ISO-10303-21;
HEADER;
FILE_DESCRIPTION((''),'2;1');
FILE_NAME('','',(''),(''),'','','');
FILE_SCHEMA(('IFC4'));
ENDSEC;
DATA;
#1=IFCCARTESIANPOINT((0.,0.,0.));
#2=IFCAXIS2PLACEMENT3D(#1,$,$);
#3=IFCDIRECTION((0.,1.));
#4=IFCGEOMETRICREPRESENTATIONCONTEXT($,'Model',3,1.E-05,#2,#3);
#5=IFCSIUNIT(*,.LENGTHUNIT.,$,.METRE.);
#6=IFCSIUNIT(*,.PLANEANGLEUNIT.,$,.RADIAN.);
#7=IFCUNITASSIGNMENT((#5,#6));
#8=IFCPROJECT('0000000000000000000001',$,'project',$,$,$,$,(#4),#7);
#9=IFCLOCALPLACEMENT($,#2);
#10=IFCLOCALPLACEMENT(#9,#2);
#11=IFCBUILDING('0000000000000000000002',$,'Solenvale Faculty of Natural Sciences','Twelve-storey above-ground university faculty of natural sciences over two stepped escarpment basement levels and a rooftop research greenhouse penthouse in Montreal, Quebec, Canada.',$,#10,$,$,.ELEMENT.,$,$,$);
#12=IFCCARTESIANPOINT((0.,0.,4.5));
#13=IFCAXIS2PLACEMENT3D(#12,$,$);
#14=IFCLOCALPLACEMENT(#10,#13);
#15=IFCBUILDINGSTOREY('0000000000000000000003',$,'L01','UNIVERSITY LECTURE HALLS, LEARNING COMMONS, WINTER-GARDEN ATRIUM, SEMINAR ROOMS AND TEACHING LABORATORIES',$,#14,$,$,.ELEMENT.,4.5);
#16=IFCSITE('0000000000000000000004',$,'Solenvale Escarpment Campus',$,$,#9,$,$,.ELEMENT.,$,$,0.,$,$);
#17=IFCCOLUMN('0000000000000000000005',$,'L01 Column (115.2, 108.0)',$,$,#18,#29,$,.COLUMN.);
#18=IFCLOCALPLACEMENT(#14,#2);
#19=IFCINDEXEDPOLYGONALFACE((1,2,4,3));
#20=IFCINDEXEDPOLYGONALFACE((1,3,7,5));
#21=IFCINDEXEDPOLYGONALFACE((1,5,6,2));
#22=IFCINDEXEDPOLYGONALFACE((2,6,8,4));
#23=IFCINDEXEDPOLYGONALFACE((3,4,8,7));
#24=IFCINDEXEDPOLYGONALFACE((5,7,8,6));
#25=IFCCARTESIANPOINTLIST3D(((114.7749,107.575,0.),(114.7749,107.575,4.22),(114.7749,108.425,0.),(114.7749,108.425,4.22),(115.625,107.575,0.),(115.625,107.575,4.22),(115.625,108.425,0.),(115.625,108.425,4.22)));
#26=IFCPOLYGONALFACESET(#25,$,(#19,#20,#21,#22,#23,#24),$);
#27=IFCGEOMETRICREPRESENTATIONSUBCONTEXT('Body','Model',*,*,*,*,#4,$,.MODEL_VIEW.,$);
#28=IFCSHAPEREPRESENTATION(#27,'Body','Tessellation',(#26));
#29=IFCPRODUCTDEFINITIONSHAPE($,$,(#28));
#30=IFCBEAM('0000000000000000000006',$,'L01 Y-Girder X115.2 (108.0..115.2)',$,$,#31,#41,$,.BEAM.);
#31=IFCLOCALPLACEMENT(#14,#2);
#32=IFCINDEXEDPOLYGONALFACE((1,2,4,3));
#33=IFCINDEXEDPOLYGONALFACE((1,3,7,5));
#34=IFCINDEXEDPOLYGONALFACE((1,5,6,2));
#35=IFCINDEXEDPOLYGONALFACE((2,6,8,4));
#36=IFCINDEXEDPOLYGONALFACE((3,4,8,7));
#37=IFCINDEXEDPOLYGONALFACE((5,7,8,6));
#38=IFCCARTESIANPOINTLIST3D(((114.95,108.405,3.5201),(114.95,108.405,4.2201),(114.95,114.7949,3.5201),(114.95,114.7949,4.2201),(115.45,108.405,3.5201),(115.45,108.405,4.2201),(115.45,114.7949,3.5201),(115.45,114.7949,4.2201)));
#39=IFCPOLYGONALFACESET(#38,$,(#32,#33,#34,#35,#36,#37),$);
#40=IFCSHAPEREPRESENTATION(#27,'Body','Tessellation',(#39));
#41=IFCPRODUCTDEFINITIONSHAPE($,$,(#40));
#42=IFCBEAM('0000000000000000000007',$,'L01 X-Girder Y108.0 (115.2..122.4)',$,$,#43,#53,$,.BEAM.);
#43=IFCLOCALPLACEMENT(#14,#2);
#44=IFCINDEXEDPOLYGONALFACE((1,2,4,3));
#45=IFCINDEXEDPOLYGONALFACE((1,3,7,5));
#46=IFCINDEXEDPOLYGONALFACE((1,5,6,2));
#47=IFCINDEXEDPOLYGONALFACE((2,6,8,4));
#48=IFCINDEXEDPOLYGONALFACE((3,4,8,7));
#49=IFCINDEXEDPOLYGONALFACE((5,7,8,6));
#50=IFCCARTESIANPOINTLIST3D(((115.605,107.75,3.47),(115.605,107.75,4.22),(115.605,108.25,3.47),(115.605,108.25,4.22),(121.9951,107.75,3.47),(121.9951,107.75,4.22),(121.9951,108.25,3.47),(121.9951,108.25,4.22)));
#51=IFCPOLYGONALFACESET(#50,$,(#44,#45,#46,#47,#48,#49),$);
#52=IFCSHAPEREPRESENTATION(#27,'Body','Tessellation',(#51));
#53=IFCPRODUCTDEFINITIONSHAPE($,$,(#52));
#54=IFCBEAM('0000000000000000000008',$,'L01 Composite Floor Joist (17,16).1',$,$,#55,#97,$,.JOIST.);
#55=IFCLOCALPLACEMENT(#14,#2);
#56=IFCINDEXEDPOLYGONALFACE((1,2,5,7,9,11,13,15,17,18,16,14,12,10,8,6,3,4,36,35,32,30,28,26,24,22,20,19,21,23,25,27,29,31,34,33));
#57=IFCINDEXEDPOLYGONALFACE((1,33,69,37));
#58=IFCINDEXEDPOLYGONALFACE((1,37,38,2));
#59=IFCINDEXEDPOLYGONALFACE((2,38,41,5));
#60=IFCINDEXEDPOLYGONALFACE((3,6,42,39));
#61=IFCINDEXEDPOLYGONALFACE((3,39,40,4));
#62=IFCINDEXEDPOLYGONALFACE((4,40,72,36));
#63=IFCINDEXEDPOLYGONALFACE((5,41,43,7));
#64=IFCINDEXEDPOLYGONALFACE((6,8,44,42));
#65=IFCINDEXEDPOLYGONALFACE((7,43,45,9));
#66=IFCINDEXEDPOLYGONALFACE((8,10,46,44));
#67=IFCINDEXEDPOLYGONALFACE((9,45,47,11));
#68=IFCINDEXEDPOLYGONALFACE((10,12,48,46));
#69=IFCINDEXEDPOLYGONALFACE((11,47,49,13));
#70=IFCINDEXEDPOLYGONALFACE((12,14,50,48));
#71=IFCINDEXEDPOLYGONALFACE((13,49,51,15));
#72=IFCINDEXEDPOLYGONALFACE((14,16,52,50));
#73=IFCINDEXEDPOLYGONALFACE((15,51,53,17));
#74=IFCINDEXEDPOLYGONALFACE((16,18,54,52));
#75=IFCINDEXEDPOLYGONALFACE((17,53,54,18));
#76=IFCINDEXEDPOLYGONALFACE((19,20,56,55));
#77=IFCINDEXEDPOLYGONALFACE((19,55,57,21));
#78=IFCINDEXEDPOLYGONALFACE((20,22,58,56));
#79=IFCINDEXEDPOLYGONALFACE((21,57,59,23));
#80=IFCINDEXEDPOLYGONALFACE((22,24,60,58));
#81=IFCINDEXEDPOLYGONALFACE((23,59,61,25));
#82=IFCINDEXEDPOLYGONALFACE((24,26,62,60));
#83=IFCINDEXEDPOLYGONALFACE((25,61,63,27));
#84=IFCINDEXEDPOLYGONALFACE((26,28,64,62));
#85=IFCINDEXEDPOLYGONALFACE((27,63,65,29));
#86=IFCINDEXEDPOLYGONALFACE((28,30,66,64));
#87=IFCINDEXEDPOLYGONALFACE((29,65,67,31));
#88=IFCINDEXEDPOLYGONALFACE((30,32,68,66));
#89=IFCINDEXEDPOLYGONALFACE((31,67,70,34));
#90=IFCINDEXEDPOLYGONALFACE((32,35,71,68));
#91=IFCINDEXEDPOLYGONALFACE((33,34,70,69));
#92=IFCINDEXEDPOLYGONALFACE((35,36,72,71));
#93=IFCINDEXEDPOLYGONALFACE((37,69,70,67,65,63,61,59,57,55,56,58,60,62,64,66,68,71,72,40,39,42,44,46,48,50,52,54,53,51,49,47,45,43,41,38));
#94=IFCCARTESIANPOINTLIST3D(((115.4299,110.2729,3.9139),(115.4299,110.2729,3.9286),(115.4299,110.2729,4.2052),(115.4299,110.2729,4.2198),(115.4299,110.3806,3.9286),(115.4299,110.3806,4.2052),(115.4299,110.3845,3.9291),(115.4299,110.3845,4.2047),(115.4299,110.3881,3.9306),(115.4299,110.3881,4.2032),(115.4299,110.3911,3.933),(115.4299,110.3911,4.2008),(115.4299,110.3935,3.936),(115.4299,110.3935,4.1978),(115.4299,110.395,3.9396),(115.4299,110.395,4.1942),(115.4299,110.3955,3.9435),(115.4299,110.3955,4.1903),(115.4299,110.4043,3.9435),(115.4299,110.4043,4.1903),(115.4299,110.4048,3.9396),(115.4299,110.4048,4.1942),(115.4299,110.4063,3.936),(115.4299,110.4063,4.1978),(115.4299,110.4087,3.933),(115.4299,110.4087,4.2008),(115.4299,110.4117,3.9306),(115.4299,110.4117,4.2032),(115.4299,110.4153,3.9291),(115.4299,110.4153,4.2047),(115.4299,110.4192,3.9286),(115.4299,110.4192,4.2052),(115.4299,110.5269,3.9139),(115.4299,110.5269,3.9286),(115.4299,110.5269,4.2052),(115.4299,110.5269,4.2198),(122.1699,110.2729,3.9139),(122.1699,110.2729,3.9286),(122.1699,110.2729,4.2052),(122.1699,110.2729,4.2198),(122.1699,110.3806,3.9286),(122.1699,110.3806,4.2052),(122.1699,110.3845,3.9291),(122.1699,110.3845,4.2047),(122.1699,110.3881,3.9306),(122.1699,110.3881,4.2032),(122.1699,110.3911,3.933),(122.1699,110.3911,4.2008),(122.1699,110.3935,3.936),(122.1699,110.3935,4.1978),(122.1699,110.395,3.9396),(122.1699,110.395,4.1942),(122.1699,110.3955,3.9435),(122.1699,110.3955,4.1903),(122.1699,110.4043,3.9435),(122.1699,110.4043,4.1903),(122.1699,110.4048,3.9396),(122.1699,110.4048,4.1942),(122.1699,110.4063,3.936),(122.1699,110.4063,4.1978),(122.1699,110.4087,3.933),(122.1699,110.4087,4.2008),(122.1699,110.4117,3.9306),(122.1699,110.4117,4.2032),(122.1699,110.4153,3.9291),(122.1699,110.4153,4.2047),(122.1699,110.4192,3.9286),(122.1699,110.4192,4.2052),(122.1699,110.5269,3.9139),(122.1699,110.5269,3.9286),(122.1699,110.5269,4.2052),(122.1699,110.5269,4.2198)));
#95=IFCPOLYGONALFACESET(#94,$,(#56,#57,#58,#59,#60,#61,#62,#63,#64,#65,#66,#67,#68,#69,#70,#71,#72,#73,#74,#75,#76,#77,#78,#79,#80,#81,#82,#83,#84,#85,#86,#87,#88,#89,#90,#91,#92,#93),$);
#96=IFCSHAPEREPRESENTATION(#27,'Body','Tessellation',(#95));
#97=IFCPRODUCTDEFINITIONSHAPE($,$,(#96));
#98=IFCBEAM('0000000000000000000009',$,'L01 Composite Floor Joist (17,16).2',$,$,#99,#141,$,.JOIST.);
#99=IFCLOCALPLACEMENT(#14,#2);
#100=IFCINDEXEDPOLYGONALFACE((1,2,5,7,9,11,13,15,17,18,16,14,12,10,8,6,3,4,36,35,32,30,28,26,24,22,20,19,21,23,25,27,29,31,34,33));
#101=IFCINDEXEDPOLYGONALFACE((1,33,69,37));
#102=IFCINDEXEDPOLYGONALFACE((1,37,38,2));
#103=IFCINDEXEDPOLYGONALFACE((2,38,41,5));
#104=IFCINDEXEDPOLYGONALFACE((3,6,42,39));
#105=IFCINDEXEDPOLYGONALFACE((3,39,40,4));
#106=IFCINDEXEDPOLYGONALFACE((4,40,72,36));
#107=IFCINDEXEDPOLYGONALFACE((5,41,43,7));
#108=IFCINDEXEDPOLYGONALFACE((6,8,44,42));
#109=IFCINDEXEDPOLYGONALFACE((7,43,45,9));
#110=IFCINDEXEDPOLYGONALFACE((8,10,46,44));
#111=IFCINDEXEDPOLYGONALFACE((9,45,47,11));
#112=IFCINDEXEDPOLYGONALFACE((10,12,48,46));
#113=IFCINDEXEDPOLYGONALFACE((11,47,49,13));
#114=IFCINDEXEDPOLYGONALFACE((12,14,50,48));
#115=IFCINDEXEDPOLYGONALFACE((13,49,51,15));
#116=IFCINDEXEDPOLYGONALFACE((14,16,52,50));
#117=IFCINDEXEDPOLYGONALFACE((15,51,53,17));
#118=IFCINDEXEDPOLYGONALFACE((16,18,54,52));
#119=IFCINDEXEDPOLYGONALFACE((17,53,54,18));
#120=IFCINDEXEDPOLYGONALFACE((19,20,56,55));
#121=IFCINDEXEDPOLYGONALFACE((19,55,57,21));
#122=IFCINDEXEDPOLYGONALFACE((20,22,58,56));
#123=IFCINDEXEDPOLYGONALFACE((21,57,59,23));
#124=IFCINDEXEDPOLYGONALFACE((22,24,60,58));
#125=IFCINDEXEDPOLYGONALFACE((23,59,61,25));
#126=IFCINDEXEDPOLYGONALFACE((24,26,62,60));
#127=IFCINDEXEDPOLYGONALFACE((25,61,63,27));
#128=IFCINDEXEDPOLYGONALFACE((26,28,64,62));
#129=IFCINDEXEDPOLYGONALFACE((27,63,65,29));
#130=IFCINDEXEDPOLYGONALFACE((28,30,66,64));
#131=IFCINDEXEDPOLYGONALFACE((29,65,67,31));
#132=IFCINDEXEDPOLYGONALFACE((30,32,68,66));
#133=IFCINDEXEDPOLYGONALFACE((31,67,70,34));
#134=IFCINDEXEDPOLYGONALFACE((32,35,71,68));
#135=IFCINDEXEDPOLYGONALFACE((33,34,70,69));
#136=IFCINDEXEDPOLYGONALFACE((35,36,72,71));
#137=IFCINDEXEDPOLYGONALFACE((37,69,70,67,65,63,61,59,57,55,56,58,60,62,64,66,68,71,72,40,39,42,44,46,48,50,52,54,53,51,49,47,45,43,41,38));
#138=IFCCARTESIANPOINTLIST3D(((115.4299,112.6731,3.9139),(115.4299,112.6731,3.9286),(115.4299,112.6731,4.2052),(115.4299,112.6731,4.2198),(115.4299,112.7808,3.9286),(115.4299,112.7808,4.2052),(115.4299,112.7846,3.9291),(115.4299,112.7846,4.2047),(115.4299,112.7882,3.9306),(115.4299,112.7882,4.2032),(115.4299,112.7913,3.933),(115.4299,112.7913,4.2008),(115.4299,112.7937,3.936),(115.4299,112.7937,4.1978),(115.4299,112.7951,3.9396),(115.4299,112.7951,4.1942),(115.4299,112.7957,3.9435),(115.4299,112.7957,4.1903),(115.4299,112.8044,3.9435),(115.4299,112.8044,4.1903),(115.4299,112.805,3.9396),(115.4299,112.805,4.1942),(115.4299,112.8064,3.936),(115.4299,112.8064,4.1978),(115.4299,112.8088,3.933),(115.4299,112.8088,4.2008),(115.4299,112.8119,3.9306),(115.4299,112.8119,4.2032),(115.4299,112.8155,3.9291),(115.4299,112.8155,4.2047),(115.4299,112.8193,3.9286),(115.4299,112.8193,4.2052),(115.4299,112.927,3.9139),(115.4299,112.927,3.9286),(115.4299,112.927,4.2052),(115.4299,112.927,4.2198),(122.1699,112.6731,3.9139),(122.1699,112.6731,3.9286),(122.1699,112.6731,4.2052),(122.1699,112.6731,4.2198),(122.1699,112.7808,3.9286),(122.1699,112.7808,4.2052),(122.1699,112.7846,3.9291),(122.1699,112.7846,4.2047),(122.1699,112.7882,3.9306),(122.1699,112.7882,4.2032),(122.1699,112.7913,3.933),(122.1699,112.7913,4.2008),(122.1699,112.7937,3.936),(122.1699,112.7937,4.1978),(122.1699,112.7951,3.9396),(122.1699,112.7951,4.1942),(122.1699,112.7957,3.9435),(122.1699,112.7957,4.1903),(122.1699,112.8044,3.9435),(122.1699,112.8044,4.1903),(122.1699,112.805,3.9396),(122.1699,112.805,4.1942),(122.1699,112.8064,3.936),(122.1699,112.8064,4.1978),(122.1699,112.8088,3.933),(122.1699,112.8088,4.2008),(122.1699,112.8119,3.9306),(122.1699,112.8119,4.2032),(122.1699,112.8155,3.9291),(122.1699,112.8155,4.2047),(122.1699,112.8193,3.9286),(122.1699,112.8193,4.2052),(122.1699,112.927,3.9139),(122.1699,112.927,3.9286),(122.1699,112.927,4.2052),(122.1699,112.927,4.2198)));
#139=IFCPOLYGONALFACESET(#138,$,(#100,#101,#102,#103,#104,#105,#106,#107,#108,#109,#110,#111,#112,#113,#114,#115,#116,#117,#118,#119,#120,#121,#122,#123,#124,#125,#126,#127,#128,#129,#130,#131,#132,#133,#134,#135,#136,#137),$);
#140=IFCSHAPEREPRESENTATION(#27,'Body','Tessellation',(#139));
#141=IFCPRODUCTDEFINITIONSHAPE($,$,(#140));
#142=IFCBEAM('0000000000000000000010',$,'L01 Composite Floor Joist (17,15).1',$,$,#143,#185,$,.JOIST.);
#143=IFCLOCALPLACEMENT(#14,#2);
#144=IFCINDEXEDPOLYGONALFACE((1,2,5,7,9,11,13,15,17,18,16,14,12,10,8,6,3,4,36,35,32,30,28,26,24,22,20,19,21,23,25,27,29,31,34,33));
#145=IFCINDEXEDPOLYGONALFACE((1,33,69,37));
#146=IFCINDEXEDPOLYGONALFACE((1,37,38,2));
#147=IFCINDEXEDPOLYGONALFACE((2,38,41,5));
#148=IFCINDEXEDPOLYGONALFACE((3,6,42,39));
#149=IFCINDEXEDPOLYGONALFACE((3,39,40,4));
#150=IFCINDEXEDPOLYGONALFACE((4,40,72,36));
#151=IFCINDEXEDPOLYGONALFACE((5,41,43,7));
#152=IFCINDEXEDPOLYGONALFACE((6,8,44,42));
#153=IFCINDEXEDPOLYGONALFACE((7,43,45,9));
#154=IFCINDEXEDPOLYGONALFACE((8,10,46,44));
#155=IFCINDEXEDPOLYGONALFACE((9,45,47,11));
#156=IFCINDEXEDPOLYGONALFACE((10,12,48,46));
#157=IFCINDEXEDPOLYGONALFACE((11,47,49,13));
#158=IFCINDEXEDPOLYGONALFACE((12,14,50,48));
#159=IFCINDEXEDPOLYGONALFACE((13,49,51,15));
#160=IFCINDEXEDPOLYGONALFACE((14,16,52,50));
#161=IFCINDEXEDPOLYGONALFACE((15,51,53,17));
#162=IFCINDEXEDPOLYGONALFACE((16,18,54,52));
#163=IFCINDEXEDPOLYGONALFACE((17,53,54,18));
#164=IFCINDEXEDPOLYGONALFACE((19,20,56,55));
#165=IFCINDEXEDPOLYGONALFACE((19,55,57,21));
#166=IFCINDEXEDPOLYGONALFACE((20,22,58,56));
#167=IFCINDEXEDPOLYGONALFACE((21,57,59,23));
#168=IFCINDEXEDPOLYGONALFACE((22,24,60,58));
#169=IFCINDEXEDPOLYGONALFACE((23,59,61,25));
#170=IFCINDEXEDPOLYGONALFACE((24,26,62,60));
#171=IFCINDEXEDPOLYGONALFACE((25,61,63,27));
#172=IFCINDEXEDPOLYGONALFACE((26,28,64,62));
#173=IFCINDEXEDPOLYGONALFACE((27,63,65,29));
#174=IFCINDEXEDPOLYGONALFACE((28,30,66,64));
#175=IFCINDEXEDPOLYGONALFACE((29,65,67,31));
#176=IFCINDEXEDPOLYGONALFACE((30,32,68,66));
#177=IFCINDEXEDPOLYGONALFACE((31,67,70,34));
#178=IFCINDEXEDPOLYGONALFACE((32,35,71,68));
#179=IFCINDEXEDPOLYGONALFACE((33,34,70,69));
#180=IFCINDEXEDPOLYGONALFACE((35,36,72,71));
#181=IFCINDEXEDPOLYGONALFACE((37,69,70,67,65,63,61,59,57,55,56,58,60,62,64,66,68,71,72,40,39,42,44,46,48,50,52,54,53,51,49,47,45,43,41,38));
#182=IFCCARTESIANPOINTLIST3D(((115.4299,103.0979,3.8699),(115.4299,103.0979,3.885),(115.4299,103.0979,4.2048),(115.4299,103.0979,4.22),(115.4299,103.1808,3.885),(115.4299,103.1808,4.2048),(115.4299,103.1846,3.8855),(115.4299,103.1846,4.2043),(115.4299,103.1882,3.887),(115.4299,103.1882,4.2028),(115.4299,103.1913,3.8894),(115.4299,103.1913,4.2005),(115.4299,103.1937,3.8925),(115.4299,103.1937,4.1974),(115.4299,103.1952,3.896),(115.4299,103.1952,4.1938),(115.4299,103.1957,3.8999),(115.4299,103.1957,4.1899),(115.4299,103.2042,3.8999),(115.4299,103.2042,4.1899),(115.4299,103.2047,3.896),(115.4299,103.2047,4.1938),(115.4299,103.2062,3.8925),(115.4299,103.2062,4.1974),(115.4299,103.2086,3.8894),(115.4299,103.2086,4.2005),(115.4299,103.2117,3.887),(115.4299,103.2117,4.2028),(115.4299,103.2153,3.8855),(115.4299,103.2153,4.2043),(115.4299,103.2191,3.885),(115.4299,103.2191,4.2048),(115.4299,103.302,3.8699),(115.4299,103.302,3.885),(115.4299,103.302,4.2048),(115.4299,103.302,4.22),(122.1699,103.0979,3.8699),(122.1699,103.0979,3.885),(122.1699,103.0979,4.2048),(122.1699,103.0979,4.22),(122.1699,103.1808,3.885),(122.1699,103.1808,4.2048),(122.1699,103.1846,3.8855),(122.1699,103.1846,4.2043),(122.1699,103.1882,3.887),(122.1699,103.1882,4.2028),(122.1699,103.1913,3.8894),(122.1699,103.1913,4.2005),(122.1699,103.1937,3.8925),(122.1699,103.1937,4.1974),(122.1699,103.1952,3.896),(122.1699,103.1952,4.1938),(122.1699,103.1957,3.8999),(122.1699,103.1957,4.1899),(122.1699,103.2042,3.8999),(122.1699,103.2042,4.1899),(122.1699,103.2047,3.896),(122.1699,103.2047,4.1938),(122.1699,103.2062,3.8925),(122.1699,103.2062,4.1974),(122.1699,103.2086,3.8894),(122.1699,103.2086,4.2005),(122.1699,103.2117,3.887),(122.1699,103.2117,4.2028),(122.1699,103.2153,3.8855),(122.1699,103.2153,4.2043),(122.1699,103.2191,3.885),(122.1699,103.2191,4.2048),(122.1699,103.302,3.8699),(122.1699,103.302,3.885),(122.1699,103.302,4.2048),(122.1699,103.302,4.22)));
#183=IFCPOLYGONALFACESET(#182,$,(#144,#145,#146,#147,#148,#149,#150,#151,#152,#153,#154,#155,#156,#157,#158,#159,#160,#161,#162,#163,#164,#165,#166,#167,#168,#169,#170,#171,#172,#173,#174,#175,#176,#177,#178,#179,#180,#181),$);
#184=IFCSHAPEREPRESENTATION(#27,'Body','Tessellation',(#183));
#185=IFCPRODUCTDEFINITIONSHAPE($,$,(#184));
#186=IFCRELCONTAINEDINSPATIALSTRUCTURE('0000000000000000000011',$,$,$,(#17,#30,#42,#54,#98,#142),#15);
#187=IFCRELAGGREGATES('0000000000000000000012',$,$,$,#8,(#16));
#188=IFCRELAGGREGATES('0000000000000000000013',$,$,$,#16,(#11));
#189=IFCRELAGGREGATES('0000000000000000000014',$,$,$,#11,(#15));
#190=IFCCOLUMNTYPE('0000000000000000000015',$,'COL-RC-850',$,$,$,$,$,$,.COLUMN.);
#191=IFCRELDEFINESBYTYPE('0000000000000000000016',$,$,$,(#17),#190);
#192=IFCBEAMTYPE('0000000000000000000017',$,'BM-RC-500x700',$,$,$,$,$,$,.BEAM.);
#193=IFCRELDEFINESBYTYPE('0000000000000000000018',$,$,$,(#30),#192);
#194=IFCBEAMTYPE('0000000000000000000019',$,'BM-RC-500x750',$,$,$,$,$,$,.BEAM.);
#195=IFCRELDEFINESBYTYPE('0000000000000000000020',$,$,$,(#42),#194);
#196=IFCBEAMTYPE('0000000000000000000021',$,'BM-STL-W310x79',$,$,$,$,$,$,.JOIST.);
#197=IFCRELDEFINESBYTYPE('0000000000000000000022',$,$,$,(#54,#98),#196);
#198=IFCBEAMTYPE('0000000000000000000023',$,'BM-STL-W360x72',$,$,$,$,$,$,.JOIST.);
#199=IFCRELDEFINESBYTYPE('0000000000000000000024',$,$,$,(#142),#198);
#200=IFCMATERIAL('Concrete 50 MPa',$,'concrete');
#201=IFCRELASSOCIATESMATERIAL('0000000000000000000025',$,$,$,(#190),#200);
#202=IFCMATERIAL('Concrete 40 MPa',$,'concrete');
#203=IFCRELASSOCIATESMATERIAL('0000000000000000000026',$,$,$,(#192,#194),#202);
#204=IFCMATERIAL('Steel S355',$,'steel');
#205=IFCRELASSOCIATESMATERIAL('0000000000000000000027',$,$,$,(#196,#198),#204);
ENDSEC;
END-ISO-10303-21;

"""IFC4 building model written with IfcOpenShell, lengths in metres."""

from ifc_helpers import new_model, si_unit, direction, frame, origin, origin_2d, place, context, subcontext, project, spatial, rectangle, i_section, extrude, material, material_profile, profile_set, type_object, element, save


model = new_model("IFC4")

# Units and contexts
model_context = context("Model", 3, precision=1e-05, world=origin(), true_north=direction((0.0, 1.0)))
body_context = subcontext(model_context, "Body", "Model", "MODEL_VIEW")
ifc_project = project(units=[si_unit("LENGTHUNIT", "METRE"), si_unit("PLANEANGLEUNIT", "RADIAN")], contexts=[model_context])

# Site, building, storey
site_placement = place(None, origin())
site = spatial("IfcSite", under=ifc_project, at=site_placement, Name="Solenvale Escarpment Campus", CompositionType="ELEMENT", RefElevation=0.0)
building_placement = place(site_placement, origin())
building = spatial("IfcBuilding", under=site, at=building_placement, Name="Solenvale Faculty of Natural Sciences", Description="Twelve-storey above-ground university faculty of natural sciences over two stepped escarpment basement levels and a rooftop research greenhouse penthouse in Montreal, Quebec, Canada.", CompositionType="ELEMENT")
storey_placement = place(building_placement, frame((0.0, 0.0, 4.5)))
storey = spatial("IfcBuildingStorey", under=building, at=storey_placement, Name="L01", Description="UNIVERSITY LECTURE HALLS, LEARNING COMMONS, WINTER-GARDEN ATRIUM, SEMINAR ROOMS AND TEACHING LABORATORIES", CompositionType="ELEMENT", Elevation=4.5)

# Column
ifc_material_1 = material(Name="Concrete 50 MPa", Category="concrete")
ifc_material_profile_1 = material_profile(ifc_material_1, rectangle(XDim=0.8501, YDim=0.8501, at=origin_2d()), Name="RC-COL-850x850")
ifc_profile_set_1 = profile_set([ifc_material_profile_1], Name="Concrete 50 MPa")
column_type = type_object("IfcColumnType", Name="COL-RC-850", PredefinedType="COLUMN", material=ifc_profile_set_1)
column_placement = place(storey_placement, frame((115.2, 108.0, 0.0), z_axis=(0.0, 0.0, 1.0), x_axis=(1.0, 0.0, 0.0)))
element("IfcColumn", 1, at=column_placement, inside=storey, type_object=column_type, Name="L01 Column (115.2, 108.0)", PredefinedType="COLUMN", context=body_context, shape_type="SweptSolid", body=[
    extrude(rectangle(XDim=0.8501, YDim=0.8501, at=origin_2d()), origin(), (0.0, 0.0, 1.0), 4.22),
])

# Beams
ifc_material_2 = material(Name="Concrete 40 MPa", Category="concrete")
ifc_material_profile_2 = material_profile(ifc_material_2, rectangle(XDim=0.5, YDim=0.7, at=origin_2d()), Name="RC-BM-500x700")
ifc_profile_set_2 = profile_set([ifc_material_profile_2], Name="Concrete 40 MPa")
beam_type_1 = type_object("IfcBeamType", Name="BM-RC-500x700", PredefinedType="BEAM", material=ifc_profile_set_2)
beam_1_placement = place(storey_placement, frame((115.2, 108.405, 3.8701), z_axis=(0.0, 1.0, 0.0), x_axis=(-1.0, 0.0, 0.0)))
element("IfcBeam", 2, at=beam_1_placement, inside=storey, type_object=beam_type_1, Name="L01 Y-Girder X115.2 (108.0..115.2)", PredefinedType="BEAM", context=body_context, shape_type="SweptSolid", body=[
    extrude(rectangle(XDim=0.5, YDim=0.7, at=origin_2d()), origin(), (0.0, 0.0, 1.0), 6.3899),
])
ifc_material_profile_3 = material_profile(ifc_material_2, rectangle(XDim=0.5, YDim=0.75, at=origin_2d()), Name="RC-BM-500x750")
ifc_profile_set_3 = profile_set([ifc_material_profile_3], Name="Concrete 40 MPa")
beam_type_2 = type_object("IfcBeamType", Name="BM-RC-500x750", PredefinedType="BEAM", material=ifc_profile_set_3)
beam_2_placement = place(storey_placement, frame((115.605, 108.0, 3.845), z_axis=(1.0, 0.0, 0.0), x_axis=(0.0, 1.0, 0.0)))
element("IfcBeam", 3, at=beam_2_placement, inside=storey, type_object=beam_type_2, Name="L01 X-Girder Y108.0 (115.2..122.4)", PredefinedType="BEAM", context=body_context, shape_type="SweptSolid", body=[
    extrude(rectangle(XDim=0.5, YDim=0.75, at=origin_2d()), origin(), (0.0, 0.0, 1.0), 6.3901),
])
ifc_material_3 = material(Name="Steel S355", Category="steel")
ifc_material_profile_4 = material_profile(ifc_material_3, i_section(OverallWidth=0.2539, OverallDepth=0.3059, WebThickness=0.0088, FlangeThickness=0.0146, FilletRadius=0.0149, at=origin_2d()), Name="W310x79")
ifc_profile_set_4 = profile_set([ifc_material_profile_4], Name="Steel S355")
beam_type_3 = type_object("IfcBeamType", Name="BM-STL-W310x79", PredefinedType="JOIST", material=ifc_profile_set_4)
for number, where, z_axis, x_axis, name in (
    (4, (115.4299, 110.3999, 4.0669), (1.0, 0.0, 0.0), (0.0, 1.0, 0.0), "L01 Composite Floor Joist (17,16).1"),
    (5, (115.4299, 112.8, 4.0669), (1.0, 0.0, 0.0), (0.0, 1.0, 0.0), "L01 Composite Floor Joist (17,16).2"),
):
    element("IfcBeam", number, at=place(storey_placement, frame(where, z_axis=z_axis, x_axis=x_axis)), inside=storey, type_object=beam_type_3, Name=name, PredefinedType="JOIST", context=body_context, shape_type="SweptSolid", body=[
        extrude(i_section(OverallWidth=0.2539, OverallDepth=0.3059, WebThickness=0.0088, FlangeThickness=0.0146, FilletRadius=0.0149, at=origin_2d()), origin(), (0.0, 0.0, 1.0), 6.74),
    ])
ifc_material_profile_5 = material_profile(ifc_material_3, i_section(OverallWidth=0.2041, OverallDepth=0.3501, WebThickness=0.0085, FlangeThickness=0.0151, FilletRadius=0.0149, at=origin_2d()), Name="W360x72")
ifc_profile_set_5 = profile_set([ifc_material_profile_5], Name="Steel S355")
beam_type_4 = type_object("IfcBeamType", Name="BM-STL-W360x72", PredefinedType="JOIST", material=ifc_profile_set_5)
for number, where, z_axis, x_axis, name in (
    (6, (115.4299, 103.2, 4.0449), (1.0, 0.0, 0.0), (0.0, 1.0, 0.0), "L01 Composite Floor Joist (17,15).1"),
):
    element("IfcBeam", number, at=place(storey_placement, frame(where, z_axis=z_axis, x_axis=x_axis)), inside=storey, type_object=beam_type_4, Name=name, PredefinedType="JOIST", context=body_context, shape_type="SweptSolid", body=[
        extrude(i_section(OverallWidth=0.2041, OverallDepth=0.3501, WebThickness=0.0085, FlangeThickness=0.0151, FilletRadius=0.0149, at=origin_2d()), origin(), (0.0, 0.0, 1.0), 6.74),
    ])

save(model, "model.ifc")
